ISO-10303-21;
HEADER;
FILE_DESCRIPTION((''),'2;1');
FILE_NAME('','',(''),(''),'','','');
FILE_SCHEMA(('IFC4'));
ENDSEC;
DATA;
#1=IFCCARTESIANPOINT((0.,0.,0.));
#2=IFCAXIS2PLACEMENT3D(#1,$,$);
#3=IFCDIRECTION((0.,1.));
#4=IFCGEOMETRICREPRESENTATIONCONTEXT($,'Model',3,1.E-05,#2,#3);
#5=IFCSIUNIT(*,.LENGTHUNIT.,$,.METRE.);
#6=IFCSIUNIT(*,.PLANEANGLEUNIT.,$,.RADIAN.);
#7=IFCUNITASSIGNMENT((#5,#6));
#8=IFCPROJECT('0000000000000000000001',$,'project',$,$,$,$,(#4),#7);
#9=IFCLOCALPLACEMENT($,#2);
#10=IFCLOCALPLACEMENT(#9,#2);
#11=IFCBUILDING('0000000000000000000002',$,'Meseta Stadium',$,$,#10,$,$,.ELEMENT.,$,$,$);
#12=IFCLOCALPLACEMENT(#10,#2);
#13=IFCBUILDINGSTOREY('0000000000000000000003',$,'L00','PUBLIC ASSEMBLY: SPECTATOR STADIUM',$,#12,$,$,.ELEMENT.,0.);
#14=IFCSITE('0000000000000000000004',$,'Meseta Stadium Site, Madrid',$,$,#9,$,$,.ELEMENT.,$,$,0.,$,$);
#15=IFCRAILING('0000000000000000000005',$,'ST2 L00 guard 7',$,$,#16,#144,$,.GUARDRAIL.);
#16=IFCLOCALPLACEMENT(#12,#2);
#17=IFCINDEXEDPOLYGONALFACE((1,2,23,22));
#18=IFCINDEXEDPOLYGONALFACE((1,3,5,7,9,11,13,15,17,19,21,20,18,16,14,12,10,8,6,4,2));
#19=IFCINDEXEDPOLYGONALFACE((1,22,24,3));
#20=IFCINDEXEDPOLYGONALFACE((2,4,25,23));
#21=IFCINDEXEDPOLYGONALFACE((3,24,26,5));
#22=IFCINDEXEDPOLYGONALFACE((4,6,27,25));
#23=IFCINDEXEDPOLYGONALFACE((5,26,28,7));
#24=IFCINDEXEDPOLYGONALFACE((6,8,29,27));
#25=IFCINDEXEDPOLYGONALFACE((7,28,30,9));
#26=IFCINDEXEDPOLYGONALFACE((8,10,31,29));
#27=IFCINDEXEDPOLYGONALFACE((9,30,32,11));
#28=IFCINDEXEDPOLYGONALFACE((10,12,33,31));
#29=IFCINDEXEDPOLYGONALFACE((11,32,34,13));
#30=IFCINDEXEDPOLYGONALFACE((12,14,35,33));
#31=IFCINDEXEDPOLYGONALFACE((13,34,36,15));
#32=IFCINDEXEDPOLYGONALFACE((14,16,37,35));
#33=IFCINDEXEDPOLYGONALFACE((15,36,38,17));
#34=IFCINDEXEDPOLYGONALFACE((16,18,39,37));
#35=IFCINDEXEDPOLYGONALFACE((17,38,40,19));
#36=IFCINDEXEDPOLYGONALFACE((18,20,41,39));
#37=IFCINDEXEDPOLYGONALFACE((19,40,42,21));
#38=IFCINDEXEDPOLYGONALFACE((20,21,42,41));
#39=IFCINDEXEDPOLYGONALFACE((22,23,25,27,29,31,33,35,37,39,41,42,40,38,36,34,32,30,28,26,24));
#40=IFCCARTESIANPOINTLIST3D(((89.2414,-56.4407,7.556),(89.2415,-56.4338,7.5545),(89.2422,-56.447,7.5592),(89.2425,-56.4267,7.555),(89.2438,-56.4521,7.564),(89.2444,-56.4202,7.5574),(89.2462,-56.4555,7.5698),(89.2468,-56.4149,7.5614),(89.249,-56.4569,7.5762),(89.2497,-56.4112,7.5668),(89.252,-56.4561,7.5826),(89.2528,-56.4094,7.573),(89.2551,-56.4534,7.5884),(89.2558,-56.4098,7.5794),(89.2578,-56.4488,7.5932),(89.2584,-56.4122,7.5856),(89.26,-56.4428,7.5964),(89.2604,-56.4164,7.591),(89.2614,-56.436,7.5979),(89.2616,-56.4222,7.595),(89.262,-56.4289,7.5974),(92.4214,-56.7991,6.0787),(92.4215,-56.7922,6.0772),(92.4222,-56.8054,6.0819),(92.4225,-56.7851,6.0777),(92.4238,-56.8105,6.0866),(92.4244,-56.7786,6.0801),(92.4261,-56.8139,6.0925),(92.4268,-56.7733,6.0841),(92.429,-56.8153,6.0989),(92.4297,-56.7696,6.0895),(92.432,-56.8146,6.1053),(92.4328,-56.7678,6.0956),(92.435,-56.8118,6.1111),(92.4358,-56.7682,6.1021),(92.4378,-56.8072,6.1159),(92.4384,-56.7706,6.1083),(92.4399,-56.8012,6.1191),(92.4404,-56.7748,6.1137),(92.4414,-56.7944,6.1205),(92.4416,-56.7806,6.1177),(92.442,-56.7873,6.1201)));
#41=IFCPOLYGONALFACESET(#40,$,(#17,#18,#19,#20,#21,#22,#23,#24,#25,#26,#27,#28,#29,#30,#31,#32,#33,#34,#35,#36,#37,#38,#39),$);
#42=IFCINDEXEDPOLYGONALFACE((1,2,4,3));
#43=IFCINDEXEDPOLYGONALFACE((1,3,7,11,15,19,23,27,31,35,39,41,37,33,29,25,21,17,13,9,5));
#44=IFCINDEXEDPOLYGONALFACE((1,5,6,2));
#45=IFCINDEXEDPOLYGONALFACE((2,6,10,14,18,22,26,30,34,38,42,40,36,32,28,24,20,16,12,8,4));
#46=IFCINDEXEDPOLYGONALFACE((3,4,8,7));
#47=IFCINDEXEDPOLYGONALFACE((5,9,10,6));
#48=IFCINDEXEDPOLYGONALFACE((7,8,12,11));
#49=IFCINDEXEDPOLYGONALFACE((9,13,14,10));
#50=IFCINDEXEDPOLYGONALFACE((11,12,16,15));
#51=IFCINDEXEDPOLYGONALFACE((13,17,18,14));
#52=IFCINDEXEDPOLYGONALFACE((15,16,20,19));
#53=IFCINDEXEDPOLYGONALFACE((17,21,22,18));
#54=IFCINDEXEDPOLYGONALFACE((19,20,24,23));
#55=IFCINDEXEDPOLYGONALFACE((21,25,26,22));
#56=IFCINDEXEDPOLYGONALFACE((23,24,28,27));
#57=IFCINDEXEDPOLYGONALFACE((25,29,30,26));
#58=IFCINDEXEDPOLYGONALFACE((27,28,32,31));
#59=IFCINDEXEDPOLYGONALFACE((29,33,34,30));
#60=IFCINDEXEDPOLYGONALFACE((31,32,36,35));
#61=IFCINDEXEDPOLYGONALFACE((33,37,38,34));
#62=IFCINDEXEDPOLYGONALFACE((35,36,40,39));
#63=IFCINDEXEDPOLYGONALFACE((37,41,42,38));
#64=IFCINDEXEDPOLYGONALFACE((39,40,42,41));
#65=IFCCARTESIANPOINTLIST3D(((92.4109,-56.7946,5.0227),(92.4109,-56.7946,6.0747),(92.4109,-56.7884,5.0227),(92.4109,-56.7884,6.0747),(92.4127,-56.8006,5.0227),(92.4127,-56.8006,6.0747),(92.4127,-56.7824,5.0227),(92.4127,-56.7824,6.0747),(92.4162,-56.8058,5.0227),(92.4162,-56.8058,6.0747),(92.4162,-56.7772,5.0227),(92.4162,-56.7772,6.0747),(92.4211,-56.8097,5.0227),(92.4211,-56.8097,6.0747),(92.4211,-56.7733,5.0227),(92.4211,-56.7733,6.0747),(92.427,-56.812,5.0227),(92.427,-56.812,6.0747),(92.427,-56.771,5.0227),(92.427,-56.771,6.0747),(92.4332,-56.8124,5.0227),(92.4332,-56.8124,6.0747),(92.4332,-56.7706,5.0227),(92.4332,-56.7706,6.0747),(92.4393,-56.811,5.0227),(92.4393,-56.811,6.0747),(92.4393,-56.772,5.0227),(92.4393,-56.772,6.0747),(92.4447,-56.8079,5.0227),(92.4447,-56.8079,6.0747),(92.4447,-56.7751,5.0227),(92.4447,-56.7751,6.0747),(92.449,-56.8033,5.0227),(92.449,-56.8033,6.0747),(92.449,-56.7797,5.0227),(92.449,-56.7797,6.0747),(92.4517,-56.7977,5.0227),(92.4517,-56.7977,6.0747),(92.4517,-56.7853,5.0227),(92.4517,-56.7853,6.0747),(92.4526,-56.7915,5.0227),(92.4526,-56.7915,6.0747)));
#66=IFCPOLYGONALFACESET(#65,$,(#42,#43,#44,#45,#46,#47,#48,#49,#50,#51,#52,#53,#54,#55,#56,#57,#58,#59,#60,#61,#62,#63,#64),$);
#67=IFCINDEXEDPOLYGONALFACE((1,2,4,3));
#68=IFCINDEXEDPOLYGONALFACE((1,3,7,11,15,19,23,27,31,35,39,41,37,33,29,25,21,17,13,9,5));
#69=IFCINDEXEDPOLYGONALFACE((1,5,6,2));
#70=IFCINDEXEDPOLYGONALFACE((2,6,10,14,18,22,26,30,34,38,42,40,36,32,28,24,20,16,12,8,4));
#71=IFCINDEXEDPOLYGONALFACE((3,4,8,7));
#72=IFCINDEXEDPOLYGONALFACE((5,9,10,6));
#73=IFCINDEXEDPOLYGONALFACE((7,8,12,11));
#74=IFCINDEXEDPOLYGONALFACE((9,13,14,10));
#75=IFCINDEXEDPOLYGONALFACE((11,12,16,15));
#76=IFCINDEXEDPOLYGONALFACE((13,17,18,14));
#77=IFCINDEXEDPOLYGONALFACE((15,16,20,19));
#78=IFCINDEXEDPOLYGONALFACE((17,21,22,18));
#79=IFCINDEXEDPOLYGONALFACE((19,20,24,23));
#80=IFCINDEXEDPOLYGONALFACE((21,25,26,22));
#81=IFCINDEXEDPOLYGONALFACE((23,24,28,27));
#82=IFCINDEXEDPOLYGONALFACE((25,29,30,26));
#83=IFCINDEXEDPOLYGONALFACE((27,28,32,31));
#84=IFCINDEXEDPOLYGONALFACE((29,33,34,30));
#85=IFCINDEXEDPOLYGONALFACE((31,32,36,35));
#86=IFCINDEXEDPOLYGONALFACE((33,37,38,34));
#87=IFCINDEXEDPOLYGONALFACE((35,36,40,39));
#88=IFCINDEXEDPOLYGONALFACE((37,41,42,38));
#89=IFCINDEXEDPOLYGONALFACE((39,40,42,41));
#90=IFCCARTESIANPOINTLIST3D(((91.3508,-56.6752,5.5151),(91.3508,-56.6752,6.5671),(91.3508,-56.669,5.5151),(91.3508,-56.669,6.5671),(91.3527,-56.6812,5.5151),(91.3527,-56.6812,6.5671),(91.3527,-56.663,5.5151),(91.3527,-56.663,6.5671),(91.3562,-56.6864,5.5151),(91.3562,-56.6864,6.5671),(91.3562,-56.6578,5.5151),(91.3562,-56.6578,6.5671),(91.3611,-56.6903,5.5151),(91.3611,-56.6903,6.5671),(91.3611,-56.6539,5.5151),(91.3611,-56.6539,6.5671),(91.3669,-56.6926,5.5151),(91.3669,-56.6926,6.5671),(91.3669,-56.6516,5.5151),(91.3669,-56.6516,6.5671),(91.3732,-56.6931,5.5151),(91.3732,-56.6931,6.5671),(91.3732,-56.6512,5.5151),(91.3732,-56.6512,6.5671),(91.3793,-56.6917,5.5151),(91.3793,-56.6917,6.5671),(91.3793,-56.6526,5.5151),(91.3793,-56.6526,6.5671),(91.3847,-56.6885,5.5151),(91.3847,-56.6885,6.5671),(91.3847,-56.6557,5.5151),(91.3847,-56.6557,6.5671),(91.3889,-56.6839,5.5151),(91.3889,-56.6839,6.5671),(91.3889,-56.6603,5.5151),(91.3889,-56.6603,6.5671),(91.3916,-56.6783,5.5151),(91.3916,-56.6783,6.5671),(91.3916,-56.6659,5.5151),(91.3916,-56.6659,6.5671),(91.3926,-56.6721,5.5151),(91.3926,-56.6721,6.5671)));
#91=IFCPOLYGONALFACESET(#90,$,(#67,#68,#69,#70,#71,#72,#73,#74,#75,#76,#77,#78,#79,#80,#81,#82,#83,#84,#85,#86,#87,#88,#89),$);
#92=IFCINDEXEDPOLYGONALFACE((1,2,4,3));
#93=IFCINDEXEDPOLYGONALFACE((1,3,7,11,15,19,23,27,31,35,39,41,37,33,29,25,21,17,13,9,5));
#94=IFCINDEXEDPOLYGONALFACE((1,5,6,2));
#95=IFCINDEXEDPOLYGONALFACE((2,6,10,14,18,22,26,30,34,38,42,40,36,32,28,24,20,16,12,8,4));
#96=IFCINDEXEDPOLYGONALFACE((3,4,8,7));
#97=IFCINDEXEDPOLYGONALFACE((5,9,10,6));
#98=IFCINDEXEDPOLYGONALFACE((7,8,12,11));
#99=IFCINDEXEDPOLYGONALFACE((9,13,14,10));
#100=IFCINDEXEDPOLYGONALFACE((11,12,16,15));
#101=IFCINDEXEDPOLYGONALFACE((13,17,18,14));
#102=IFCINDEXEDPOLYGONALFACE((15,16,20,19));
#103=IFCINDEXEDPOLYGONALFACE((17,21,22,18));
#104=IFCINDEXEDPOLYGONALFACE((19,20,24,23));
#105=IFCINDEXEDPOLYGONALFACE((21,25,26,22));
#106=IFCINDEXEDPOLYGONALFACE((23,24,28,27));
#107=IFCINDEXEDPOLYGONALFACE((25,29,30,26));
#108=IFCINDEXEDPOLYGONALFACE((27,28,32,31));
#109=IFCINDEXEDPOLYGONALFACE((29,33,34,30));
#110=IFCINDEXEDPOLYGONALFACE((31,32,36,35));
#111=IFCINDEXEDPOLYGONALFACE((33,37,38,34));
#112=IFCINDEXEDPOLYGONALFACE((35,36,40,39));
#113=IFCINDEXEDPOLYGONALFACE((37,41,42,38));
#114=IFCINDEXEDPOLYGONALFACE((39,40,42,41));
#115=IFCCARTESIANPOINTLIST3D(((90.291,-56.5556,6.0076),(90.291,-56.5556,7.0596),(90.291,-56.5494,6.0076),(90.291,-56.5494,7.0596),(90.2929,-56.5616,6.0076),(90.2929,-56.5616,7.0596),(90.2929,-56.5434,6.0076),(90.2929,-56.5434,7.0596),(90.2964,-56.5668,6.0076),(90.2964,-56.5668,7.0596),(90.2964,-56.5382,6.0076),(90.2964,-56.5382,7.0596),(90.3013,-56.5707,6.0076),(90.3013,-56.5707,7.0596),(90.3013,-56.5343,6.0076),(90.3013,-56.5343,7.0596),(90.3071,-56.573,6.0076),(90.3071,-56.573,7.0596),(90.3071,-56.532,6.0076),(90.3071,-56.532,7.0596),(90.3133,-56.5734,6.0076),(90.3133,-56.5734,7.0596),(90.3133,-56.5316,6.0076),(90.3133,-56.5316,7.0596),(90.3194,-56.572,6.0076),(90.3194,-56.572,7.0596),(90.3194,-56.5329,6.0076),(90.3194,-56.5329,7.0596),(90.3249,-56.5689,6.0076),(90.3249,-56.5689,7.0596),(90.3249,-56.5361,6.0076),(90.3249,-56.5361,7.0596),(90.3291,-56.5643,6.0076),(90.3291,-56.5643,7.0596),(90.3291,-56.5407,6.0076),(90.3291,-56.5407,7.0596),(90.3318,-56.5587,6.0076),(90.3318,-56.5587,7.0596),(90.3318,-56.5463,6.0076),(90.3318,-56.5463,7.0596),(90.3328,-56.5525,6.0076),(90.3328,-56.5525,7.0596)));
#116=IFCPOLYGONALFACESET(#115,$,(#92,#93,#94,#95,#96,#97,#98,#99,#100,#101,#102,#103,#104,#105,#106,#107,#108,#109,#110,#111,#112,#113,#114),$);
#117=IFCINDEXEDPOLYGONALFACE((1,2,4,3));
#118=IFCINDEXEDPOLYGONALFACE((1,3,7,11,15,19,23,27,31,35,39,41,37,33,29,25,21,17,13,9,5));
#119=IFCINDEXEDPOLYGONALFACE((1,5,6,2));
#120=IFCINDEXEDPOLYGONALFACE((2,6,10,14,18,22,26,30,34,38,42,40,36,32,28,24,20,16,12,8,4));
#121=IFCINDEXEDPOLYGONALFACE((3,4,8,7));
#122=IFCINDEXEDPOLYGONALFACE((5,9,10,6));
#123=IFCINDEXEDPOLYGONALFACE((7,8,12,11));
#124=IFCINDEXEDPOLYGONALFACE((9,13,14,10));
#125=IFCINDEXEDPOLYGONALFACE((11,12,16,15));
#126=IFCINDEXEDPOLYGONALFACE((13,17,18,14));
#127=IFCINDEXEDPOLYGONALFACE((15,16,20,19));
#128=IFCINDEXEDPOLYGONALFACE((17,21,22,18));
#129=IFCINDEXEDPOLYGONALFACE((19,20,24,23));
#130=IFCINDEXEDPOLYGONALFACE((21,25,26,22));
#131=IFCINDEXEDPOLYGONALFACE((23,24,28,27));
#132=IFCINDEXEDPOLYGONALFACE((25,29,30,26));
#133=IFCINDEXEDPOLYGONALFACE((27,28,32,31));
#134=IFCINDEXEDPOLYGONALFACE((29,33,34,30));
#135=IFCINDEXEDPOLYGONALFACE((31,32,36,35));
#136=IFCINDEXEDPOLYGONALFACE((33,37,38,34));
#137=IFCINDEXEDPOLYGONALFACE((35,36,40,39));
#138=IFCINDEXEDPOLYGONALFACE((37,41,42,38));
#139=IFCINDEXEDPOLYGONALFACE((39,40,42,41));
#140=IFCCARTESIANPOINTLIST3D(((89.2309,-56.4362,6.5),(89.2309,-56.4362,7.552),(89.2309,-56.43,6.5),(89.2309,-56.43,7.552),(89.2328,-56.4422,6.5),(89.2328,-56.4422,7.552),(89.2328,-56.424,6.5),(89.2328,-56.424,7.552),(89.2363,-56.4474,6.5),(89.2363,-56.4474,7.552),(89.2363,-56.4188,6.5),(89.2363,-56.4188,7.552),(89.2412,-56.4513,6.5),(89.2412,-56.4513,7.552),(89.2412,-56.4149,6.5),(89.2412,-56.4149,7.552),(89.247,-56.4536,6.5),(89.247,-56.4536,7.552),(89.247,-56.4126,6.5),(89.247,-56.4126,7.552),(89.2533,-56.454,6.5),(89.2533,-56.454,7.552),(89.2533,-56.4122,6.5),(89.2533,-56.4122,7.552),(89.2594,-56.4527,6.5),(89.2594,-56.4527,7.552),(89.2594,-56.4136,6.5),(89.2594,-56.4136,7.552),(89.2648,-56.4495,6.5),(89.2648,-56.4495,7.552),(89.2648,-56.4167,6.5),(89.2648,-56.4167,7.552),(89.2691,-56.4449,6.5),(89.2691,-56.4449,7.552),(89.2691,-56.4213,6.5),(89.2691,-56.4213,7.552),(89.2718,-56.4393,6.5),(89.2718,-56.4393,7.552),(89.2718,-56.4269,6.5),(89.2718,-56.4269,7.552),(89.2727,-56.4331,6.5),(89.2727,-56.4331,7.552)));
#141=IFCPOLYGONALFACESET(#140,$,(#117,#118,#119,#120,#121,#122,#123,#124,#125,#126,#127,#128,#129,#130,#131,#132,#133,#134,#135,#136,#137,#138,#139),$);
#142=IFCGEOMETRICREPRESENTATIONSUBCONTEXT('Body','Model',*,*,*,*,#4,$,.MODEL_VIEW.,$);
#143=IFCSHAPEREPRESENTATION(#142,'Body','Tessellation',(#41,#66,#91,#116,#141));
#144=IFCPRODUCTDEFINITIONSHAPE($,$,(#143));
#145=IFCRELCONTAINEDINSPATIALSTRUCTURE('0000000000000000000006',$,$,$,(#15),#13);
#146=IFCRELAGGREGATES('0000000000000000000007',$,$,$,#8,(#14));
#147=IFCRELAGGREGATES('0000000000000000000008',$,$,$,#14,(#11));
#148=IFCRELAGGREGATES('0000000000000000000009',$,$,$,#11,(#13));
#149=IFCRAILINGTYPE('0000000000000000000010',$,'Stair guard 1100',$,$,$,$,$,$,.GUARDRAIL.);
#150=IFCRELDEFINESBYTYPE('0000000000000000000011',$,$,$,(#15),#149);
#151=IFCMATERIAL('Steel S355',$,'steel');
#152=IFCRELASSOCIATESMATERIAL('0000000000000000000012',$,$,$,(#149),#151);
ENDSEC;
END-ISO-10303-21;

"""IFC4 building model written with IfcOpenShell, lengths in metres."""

from ifc_helpers import new_model, si_unit, direction, frame, origin, origin_2d, place, context, subcontext, project, spatial, circle, extrude, material, type_object, element, save


model = new_model("IFC4")

# Units and contexts
model_context = context("Model", 3, precision=1e-05, world=origin(), true_north=direction((0.0, 1.0)))
body_context = subcontext(model_context, "Body", "Model", "MODEL_VIEW")
ifc_project = project(units=[si_unit("LENGTHUNIT", "METRE"), si_unit("PLANEANGLEUNIT", "RADIAN")], contexts=[model_context])

# Site, building, storey
site_placement = place(None, origin())
site = spatial("IfcSite", under=ifc_project, at=site_placement, Name="Meseta Stadium Site, Madrid", CompositionType="ELEMENT", RefElevation=0.0)
building_placement = place(site_placement, origin())
building = spatial("IfcBuilding", under=site, at=building_placement, Name="Meseta Stadium", CompositionType="ELEMENT")
storey_placement = place(building_placement, origin())
storey = spatial("IfcBuildingStorey", under=building, at=storey_placement, Name="L00", Description="PUBLIC ASSEMBLY: SPECTATOR STADIUM", CompositionType="ELEMENT", Elevation=0.0)

# Railing
ifc_material_1 = material(Name="Steel S355", Category="steel")
railing_type_1 = type_object("IfcRailingType", Name="Stair guard 1100", PredefinedType="GUARDRAIL", material=ifc_material_1)
railing_1_placement = place(storey_placement, frame((92.4316, -56.7915, 5.0227)))
element("IfcRailing", 1, at=railing_1_placement, inside=storey, type_object=railing_type_1, Name="ST2 L00 guard 7", PredefinedType="GUARDRAIL", context=body_context, shape_type="SweptSolid", body=[
    extrude(circle(Radius=0.0239, at=origin_2d()), frame((0.0, 0.0, 1.0762), z_axis=(-0.90221, 0.101685, 0.419138), x_axis=(-0.111997, -0.993709, 0.0)), (0.0, 0.0, 1.0), 3.5247),
    extrude(circle(Radius=0.021, at=origin_2d()), origin(), (0.0, 0.0, 1.0), 1.052),
    extrude(circle(Radius=0.021, at=origin_2d()), frame((-1.0601, 0.1194, 0.4924)), (0.0, 0.0, 1.0), 1.052),
    extrude(circle(Radius=0.021, at=origin_2d()), frame((-2.1199, 0.239, 0.9849)), (0.0, 0.0, 1.0), 1.052),
    extrude(circle(Radius=0.021, at=origin_2d()), frame((-3.1799, 0.3584, 1.4773)), (0.0, 0.0, 1.0), 1.052),
])

save(model, "model.ifc")
